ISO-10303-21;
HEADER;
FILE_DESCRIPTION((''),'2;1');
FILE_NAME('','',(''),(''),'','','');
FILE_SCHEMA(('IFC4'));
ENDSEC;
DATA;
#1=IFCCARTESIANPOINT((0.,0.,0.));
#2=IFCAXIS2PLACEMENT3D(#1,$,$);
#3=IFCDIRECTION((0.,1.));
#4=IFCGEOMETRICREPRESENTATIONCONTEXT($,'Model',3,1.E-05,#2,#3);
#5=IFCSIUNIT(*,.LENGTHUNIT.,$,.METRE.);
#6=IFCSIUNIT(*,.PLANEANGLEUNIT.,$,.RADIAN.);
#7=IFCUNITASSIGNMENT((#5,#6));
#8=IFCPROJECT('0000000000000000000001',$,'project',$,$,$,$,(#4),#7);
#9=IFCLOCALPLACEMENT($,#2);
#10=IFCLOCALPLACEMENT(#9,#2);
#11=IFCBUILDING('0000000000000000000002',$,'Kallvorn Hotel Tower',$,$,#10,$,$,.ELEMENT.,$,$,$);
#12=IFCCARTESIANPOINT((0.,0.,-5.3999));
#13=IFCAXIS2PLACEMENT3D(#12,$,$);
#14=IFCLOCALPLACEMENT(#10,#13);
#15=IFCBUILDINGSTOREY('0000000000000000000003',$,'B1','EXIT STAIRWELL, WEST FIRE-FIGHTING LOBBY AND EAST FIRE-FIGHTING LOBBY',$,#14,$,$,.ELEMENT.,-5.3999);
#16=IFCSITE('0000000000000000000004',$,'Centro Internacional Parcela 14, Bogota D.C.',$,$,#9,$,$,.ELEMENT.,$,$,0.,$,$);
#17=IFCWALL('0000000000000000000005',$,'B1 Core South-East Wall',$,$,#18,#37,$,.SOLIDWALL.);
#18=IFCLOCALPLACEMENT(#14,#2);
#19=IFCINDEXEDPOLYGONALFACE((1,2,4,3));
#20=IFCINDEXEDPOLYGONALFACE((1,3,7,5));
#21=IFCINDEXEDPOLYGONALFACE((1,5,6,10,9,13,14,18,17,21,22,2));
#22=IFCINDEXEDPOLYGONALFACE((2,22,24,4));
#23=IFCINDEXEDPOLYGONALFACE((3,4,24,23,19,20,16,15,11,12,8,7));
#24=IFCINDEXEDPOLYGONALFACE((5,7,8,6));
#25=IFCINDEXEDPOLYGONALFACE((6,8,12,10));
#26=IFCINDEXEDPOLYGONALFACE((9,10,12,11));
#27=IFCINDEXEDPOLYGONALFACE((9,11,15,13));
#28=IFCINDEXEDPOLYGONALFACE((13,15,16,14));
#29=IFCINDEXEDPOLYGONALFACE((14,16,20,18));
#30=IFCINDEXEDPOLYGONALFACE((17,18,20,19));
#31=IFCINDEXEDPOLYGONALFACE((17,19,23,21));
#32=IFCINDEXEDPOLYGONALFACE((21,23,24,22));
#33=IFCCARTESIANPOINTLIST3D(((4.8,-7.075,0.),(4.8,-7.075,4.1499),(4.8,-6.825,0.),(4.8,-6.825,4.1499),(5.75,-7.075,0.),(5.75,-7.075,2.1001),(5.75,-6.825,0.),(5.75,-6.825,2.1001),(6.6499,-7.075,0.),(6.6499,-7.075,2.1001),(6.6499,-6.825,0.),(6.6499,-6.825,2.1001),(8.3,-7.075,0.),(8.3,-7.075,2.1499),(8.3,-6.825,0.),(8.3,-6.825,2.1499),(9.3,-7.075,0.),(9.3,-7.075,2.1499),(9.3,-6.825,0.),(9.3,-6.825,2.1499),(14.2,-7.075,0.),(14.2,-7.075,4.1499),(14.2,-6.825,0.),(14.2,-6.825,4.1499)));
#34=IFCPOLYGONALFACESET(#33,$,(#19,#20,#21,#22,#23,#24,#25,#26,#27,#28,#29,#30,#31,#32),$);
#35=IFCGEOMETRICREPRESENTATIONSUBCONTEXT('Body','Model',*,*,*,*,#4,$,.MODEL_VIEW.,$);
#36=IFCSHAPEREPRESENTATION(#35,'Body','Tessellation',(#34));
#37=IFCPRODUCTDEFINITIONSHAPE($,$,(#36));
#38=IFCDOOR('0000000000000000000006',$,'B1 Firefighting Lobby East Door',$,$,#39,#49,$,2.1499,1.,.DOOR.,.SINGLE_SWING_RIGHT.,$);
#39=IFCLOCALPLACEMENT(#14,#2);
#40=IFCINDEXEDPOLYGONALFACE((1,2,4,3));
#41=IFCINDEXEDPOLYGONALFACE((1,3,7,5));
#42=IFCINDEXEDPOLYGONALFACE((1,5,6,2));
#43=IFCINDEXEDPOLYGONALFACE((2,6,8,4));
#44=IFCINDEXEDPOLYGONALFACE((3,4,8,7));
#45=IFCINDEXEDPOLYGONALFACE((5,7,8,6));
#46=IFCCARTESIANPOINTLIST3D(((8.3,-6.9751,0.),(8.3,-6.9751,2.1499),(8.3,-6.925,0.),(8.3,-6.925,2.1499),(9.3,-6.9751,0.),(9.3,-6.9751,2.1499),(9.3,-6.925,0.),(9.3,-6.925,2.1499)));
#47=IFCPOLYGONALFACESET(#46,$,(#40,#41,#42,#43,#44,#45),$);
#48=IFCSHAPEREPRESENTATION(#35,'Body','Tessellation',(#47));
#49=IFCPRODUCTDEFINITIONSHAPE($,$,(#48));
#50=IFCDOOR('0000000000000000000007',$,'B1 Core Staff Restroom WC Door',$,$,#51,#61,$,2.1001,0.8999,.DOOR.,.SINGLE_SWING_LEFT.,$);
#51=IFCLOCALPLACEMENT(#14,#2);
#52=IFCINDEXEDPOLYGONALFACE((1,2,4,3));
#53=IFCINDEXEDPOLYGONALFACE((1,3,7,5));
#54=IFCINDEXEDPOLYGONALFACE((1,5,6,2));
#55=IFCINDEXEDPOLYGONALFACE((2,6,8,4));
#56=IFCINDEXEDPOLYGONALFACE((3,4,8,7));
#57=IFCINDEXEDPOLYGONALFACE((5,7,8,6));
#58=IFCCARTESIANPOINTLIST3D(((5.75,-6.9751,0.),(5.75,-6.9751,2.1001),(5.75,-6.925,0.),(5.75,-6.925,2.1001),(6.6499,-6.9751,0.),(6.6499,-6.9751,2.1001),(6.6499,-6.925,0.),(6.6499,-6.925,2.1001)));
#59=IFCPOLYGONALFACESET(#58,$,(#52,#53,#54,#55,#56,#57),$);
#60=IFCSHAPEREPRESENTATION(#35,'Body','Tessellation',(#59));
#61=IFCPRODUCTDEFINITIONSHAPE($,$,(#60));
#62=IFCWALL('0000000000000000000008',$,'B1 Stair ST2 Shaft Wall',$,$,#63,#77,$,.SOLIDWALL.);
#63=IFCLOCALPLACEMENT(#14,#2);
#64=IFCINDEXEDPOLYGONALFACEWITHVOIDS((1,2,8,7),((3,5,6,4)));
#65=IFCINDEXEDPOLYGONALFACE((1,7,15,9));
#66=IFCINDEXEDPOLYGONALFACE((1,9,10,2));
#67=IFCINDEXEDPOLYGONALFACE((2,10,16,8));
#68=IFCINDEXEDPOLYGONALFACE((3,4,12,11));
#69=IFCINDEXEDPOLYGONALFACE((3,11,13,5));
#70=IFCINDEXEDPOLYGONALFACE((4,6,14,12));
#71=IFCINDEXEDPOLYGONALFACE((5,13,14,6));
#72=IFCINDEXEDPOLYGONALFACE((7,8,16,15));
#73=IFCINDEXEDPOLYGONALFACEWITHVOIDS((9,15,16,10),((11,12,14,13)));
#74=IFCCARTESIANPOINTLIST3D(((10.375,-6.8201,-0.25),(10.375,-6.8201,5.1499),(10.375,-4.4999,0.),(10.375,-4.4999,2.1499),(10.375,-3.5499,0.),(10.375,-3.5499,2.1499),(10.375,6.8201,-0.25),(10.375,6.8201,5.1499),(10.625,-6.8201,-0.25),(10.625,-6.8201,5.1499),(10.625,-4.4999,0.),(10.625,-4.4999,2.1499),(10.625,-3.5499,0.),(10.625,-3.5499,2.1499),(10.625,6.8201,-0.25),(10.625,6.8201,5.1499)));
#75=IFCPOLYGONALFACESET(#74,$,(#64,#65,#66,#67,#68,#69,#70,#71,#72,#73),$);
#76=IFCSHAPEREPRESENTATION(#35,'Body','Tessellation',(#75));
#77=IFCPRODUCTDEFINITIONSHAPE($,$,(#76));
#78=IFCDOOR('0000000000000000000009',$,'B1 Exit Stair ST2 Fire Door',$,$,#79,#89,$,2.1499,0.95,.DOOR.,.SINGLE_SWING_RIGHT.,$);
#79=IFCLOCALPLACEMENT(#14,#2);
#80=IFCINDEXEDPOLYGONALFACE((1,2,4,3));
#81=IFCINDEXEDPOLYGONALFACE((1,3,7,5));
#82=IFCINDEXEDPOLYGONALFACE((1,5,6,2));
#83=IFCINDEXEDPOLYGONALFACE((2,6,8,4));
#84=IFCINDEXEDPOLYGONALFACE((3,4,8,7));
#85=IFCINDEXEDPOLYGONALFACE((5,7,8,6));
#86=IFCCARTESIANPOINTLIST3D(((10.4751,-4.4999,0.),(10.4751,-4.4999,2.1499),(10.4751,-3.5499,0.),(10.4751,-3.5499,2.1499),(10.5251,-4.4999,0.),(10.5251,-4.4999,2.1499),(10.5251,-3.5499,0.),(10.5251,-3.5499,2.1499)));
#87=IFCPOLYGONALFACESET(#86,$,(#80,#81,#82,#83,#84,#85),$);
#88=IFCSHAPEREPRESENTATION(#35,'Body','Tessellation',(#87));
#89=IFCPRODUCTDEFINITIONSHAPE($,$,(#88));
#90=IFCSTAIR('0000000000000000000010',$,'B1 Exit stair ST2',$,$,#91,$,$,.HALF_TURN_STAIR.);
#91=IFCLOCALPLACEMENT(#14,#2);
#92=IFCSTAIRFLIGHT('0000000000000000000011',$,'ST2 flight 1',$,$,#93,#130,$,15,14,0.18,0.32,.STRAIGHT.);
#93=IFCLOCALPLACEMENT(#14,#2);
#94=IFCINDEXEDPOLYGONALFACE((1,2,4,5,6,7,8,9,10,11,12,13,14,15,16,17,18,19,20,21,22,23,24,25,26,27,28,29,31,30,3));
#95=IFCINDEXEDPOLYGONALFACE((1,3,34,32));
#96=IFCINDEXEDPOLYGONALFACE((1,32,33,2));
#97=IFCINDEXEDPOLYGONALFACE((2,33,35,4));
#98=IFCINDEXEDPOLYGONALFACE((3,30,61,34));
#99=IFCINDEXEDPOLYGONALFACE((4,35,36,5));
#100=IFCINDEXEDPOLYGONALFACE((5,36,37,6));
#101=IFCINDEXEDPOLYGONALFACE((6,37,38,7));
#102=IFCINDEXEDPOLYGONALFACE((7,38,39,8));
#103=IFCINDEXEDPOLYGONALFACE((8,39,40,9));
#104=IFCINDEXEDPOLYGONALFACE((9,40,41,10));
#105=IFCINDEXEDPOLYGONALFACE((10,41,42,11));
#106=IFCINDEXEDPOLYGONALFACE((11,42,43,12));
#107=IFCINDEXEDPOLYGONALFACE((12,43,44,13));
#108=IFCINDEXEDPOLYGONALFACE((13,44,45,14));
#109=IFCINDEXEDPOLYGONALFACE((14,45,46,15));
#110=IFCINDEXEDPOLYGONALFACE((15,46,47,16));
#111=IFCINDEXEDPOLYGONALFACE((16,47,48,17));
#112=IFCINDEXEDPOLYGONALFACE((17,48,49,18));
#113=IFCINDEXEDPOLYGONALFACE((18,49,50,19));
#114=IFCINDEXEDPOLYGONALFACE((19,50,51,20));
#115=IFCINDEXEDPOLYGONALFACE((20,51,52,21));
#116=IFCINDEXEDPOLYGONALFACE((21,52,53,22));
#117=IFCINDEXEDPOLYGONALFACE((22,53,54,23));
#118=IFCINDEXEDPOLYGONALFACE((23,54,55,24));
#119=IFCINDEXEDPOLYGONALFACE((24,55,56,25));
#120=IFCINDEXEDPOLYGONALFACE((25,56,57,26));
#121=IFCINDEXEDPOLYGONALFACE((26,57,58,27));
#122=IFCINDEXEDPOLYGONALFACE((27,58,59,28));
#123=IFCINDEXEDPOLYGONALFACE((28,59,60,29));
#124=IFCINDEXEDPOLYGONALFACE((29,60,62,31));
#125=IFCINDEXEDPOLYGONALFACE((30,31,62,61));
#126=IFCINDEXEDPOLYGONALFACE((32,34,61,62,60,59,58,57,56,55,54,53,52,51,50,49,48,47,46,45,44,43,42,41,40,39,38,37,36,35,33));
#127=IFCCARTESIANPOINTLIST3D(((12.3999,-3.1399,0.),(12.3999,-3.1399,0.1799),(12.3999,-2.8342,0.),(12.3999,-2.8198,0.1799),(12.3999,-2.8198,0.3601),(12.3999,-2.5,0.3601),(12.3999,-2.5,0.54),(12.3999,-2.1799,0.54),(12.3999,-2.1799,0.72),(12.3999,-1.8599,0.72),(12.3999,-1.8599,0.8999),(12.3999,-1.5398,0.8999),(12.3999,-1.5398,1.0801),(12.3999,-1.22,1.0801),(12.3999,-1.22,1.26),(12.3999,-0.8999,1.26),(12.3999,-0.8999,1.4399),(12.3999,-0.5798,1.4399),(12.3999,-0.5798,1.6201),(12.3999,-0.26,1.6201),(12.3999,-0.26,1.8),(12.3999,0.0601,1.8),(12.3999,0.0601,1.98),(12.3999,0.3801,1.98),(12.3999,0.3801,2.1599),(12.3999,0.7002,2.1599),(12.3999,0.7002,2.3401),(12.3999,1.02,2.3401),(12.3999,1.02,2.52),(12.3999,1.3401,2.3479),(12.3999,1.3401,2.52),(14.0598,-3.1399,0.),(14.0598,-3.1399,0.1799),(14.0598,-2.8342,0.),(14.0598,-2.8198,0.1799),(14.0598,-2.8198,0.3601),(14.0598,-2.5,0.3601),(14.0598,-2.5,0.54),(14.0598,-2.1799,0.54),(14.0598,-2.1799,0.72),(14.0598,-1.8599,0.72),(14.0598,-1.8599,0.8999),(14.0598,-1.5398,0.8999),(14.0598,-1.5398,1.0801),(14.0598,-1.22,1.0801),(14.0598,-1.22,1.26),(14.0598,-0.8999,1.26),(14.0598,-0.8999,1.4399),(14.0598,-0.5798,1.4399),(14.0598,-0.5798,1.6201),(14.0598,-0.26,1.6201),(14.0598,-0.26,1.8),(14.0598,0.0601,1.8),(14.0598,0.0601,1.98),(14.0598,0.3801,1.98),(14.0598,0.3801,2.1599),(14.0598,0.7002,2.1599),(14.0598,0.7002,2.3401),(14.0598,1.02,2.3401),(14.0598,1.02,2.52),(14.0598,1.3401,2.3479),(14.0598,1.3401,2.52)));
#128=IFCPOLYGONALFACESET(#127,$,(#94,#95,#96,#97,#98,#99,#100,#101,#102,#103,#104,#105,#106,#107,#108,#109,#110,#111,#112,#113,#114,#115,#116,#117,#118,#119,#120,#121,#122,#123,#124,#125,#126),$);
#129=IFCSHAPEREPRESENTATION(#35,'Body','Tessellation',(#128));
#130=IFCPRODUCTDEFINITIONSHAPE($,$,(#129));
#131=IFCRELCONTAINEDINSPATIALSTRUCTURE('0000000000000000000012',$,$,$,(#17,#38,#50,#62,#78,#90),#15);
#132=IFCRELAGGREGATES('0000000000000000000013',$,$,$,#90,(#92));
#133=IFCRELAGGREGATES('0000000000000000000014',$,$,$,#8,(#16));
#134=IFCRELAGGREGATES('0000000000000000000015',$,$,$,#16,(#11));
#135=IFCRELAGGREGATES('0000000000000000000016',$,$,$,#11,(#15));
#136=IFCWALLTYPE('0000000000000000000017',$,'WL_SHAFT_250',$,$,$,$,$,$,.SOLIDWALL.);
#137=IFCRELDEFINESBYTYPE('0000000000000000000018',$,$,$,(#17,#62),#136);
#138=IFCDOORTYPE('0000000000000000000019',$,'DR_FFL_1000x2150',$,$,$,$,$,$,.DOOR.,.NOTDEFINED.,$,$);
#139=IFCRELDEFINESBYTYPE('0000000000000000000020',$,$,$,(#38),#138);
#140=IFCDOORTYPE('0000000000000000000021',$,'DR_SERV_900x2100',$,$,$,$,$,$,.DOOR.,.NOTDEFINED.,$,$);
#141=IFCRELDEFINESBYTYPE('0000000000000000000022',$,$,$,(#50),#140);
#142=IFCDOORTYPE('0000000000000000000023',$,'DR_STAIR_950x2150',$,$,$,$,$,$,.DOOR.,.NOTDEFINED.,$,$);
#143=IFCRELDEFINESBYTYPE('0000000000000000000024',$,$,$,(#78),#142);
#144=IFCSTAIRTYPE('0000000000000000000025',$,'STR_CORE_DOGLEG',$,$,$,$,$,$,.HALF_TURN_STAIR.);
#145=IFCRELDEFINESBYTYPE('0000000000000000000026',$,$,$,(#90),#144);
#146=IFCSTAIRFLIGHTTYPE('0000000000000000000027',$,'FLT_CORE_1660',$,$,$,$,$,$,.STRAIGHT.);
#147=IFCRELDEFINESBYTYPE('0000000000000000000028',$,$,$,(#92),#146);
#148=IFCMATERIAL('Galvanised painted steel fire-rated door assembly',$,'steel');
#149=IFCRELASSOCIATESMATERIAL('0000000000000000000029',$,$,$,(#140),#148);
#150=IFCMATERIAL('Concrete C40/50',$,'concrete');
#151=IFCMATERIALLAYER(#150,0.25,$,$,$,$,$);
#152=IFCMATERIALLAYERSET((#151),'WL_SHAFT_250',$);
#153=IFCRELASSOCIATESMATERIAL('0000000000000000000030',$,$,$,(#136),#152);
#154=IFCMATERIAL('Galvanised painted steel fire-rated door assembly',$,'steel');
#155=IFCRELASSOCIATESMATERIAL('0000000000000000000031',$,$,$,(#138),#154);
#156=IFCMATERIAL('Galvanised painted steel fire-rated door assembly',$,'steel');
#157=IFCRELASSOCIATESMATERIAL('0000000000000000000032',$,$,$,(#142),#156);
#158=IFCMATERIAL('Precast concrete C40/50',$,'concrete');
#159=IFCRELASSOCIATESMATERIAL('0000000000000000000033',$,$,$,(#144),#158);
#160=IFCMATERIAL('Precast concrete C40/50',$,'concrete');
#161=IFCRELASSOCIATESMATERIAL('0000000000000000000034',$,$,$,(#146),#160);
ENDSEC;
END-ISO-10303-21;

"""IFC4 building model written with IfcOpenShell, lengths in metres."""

from ifc_helpers import new_model, si_unit, direction, frame, frame_2d, origin, place, context, subcontext, project, spatial, polyline, rectangle, outline, extrude, material, layer, layer_set, type_object, element, fill, aggregate, save


model = new_model("IFC4")

# Units and contexts
model_context = context("Model", 3, precision=1e-05, world=origin(), true_north=direction((0.0, 1.0)))
body_context = subcontext(model_context, "Body", "Model", "MODEL_VIEW")
ifc_project = project(units=[si_unit("LENGTHUNIT", "METRE"), si_unit("PLANEANGLEUNIT", "RADIAN")], contexts=[model_context])

# Site, building, storey
site_placement = place(None, origin())
site = spatial("IfcSite", under=ifc_project, at=site_placement, Name="Centro Internacional Parcela 14, Bogota D.C.", CompositionType="ELEMENT", RefElevation=0.0)
building_placement = place(site_placement, origin())
building = spatial("IfcBuilding", under=site, at=building_placement, Name="Kallvorn Hotel Tower", CompositionType="ELEMENT")
storey_placement = place(building_placement, frame((0.0, 0.0, -5.3999)))
storey = spatial("IfcBuildingStorey", under=building, at=storey_placement, Name="B1", Description="EXIT STAIRWELL, WEST FIRE-FIGHTING LOBBY AND EAST FIRE-FIGHTING LOBBY", CompositionType="ELEMENT", Elevation=-5.3999)

# Shared definitions
ifc_material_1 = material(Name="Galvanised painted steel fire-rated door assembly", Category="steel")
door_type_1 = type_object("IfcDoorType", Name="DR_SERV_900x2100", OperationType="NOTDEFINED", PredefinedType="DOOR", material=ifc_material_1)

# Wall, openings, doors
ifc_material_2 = material(Name="Concrete C40/50", Category="concrete")
ifc_layer_1 = layer(ifc_material_2, 0.25)
ifc_layer_set_1 = layer_set([ifc_layer_1], Name="WL_SHAFT_250")
wall_type_1 = type_object("IfcWallType", Name="WL_SHAFT_250", PredefinedType="SOLIDWALL", material=ifc_layer_set_1)
wall_1_placement = place(storey_placement, frame((4.8, -6.95, 0.0), z_axis=(0.0, 0.0, 1.0), x_axis=(1.0, 0.0, 0.0)))
wall_1 = element("IfcWall", 1, at=wall_1_placement, inside=storey, type_object=wall_type_1, Name="B1 Core South-East Wall", PredefinedType="SOLIDWALL", context=body_context, shape_type="SweptSolid", body=[
    extrude(rectangle(XDim=9.3999, YDim=0.25, at=frame_2d((4.7, 0.0))), origin(), (0.0, 0.0, 1.0), 4.1499),
])
opening_1_placement = place(wall_1_placement, frame((3.5, 0.0, 0.0)))
opening_1 = element("IfcOpeningElement", 2, at=opening_1_placement, cuts=wall_1, PredefinedType="OPENING", context=body_context, shape_type="SweptSolid", body=[
    extrude(rectangle(XDim=1.0, YDim=2.1499, at=frame_2d((0.5, 1.075))), frame((0.0, 0.1399, 0.0), z_axis=(0.0, -1.0, 0.0), x_axis=(1.0, 0.0, 0.0)), (0.0, 0.0, 1.0), 0.28),
])
opening_2_placement = place(wall_1_placement, frame((0.95, 0.0, 0.0)))
opening_2 = element("IfcOpeningElement", 3, at=opening_2_placement, cuts=wall_1, PredefinedType="OPENING", context=body_context, shape_type="SweptSolid", body=[
    extrude(rectangle(XDim=0.8999, YDim=2.1001, at=frame_2d((0.45, 1.05))), frame((0.0, 0.1399, 0.0), z_axis=(0.0, -1.0, 0.0), x_axis=(1.0, 0.0, 0.0)), (0.0, 0.0, 1.0), 0.28),
])
ifc_material_3 = material(Name="Galvanised painted steel fire-rated door assembly", Category="steel")
door_type_2 = type_object("IfcDoorType", Name="DR_FFL_1000x2150", OperationType="NOTDEFINED", PredefinedType="DOOR", material=ifc_material_3)
door_1_placement = place(opening_1_placement, origin())
door_1 = element("IfcDoor", 4, at=door_1_placement, inside=storey, type_object=door_type_2, Name="B1 Firefighting Lobby East Door", OperationType="SINGLE_SWING_RIGHT", OverallHeight=2.1499, OverallWidth=1.0, PredefinedType="DOOR", context=body_context, shape_type="SweptSolid", body=[
    extrude(rectangle(XDim=1.0, YDim=2.1499, at=frame_2d((0.5, 1.075))), frame((0.0, 0.0249, 0.0), z_axis=(0.0, -1.0, 0.0), x_axis=(1.0, 0.0, 0.0)), (0.0, 0.0, 1.0), 0.05),
])
fill(opening_1, door_1)
door_2_placement = place(opening_2_placement, origin())
door_2 = element("IfcDoor", 5, at=door_2_placement, inside=storey, type_object=door_type_1, Name="B1 Core Staff Restroom WC Door", OperationType="SINGLE_SWING_LEFT", OverallHeight=2.1001, OverallWidth=0.8999, PredefinedType="DOOR", context=body_context, shape_type="SweptSolid", body=[
    extrude(rectangle(XDim=0.8999, YDim=2.1001, at=frame_2d((0.45, 1.05))), frame((0.0, 0.0249, 0.0), z_axis=(0.0, -1.0, 0.0), x_axis=(1.0, 0.0, 0.0)), (0.0, 0.0, 1.0), 0.05),
])
fill(opening_2, door_2)

# Wall, opening, door
wall_2_placement = place(storey_placement, frame((10.5, -6.8201, -0.25), z_axis=(0.0, 0.0, 1.0), x_axis=(0.0, 1.0, 0.0)))
wall_2 = element("IfcWall", 6, at=wall_2_placement, inside=storey, type_object=wall_type_1, Name="B1 Stair ST2 Shaft Wall", PredefinedType="SOLIDWALL", context=body_context, shape_type="SweptSolid", body=[
    extrude(rectangle(XDim=13.6401, YDim=0.25, at=frame_2d((6.8201, 0.0))), origin(), (0.0, 0.0, 1.0), 5.3999),
])
opening_3_placement = place(wall_2_placement, frame((2.3201, 0.0, 0.25)))
opening_3 = element("IfcOpeningElement", 7, at=opening_3_placement, cuts=wall_2, PredefinedType="OPENING", context=body_context, shape_type="SweptSolid", body=[
    extrude(rectangle(XDim=0.95, YDim=2.1499, at=frame_2d((0.4751, 1.075))), frame((0.0, 0.1399, 0.0), z_axis=(0.0, -1.0, 0.0), x_axis=(1.0, 0.0, 0.0)), (0.0, 0.0, 1.0), 0.28),
])
ifc_material_4 = material(Name="Galvanised painted steel fire-rated door assembly", Category="steel")
door_type_3 = type_object("IfcDoorType", Name="DR_STAIR_950x2150", OperationType="NOTDEFINED", PredefinedType="DOOR", material=ifc_material_4)
door_3_placement = place(opening_3_placement, origin())
door_3 = element("IfcDoor", 8, at=door_3_placement, inside=storey, type_object=door_type_3, Name="B1 Exit Stair ST2 Fire Door", OperationType="SINGLE_SWING_RIGHT", OverallHeight=2.1499, OverallWidth=0.95, PredefinedType="DOOR", context=body_context, shape_type="SweptSolid", body=[
    extrude(rectangle(XDim=0.95, YDim=2.1499, at=frame_2d((0.4751, 1.075))), frame((0.0, 0.0249, 0.0), z_axis=(0.0, -1.0, 0.0), x_axis=(1.0, 0.0, 0.0)), (0.0, 0.0, 1.0), 0.05),
])
fill(opening_3, door_3)

# Stair, stair flight
ifc_material_5 = material(Name="Precast concrete C40/50", Category="concrete")
stair_type = type_object("IfcStairType", Name="STR_CORE_DOGLEG", PredefinedType="HALF_TURN_STAIR", material=ifc_material_5)
stair_placement = place(storey_placement, origin())
stair = element("IfcStair", 9, at=stair_placement, inside=storey, type_object=stair_type, Name="B1 Exit stair ST2", PredefinedType="HALF_TURN_STAIR")
ifc_material_6 = material(Name="Precast concrete C40/50", Category="concrete")
stair_flight_type = type_object("IfcStairFlightType", Name="FLT_CORE_1660", PredefinedType="STRAIGHT", material=ifc_material_6)
stair_flight_placement = place(storey_placement, frame((13.23, -3.1399, 0.0), z_axis=(0.0, 0.0, 1.0), x_axis=(0.0, 1.0, 0.0)))
stair_flight = element("IfcStairFlight", 10, at=stair_flight_placement, type_object=stair_flight_type, Name="ST2 flight 1", NumberOfRisers=15, NumberOfTreads=14, PredefinedType="STRAIGHT", RiserHeight=0.18, TreadLength=0.32, context=body_context, shape_type="SweptSolid", body=[
    extrude(outline(polyline([(0.0, 0.0), (0.0, 0.1799), (0.3201, 0.1799), (0.3201, 0.3601), (0.6399, 0.3601), (0.6399, 0.54), (0.96, 0.54), (0.96, 0.72), (1.28, 0.72), (1.28, 0.8999), (1.6001, 0.8999), (1.6001, 1.0801), (1.9199, 1.0801), (1.9199, 1.26), (2.24, 1.26), (2.24, 1.4399), (2.5601, 1.4399), (2.5601, 1.6201), (2.8799, 1.6201), (2.8799, 1.8), (3.2, 1.8), (3.2, 1.98), (3.52, 1.98), (3.52, 2.1599), (3.8401, 2.1599), (3.8401, 2.3401), (4.1599, 2.3401), (4.1599, 2.52), (4.48, 2.52), (4.48, 2.7), (4.48, 2.3479), (0.3057, 0.0), (0.0, 0.0)])), frame((0.0, 0.8301, 0.0), z_axis=(0.0, -1.0, 0.0), x_axis=(1.0, 0.0, 0.0)), (0.0, 0.0, 1.0), 1.6599),
])
aggregate(stair, [stair_flight])

save(model, "model.ifc")
